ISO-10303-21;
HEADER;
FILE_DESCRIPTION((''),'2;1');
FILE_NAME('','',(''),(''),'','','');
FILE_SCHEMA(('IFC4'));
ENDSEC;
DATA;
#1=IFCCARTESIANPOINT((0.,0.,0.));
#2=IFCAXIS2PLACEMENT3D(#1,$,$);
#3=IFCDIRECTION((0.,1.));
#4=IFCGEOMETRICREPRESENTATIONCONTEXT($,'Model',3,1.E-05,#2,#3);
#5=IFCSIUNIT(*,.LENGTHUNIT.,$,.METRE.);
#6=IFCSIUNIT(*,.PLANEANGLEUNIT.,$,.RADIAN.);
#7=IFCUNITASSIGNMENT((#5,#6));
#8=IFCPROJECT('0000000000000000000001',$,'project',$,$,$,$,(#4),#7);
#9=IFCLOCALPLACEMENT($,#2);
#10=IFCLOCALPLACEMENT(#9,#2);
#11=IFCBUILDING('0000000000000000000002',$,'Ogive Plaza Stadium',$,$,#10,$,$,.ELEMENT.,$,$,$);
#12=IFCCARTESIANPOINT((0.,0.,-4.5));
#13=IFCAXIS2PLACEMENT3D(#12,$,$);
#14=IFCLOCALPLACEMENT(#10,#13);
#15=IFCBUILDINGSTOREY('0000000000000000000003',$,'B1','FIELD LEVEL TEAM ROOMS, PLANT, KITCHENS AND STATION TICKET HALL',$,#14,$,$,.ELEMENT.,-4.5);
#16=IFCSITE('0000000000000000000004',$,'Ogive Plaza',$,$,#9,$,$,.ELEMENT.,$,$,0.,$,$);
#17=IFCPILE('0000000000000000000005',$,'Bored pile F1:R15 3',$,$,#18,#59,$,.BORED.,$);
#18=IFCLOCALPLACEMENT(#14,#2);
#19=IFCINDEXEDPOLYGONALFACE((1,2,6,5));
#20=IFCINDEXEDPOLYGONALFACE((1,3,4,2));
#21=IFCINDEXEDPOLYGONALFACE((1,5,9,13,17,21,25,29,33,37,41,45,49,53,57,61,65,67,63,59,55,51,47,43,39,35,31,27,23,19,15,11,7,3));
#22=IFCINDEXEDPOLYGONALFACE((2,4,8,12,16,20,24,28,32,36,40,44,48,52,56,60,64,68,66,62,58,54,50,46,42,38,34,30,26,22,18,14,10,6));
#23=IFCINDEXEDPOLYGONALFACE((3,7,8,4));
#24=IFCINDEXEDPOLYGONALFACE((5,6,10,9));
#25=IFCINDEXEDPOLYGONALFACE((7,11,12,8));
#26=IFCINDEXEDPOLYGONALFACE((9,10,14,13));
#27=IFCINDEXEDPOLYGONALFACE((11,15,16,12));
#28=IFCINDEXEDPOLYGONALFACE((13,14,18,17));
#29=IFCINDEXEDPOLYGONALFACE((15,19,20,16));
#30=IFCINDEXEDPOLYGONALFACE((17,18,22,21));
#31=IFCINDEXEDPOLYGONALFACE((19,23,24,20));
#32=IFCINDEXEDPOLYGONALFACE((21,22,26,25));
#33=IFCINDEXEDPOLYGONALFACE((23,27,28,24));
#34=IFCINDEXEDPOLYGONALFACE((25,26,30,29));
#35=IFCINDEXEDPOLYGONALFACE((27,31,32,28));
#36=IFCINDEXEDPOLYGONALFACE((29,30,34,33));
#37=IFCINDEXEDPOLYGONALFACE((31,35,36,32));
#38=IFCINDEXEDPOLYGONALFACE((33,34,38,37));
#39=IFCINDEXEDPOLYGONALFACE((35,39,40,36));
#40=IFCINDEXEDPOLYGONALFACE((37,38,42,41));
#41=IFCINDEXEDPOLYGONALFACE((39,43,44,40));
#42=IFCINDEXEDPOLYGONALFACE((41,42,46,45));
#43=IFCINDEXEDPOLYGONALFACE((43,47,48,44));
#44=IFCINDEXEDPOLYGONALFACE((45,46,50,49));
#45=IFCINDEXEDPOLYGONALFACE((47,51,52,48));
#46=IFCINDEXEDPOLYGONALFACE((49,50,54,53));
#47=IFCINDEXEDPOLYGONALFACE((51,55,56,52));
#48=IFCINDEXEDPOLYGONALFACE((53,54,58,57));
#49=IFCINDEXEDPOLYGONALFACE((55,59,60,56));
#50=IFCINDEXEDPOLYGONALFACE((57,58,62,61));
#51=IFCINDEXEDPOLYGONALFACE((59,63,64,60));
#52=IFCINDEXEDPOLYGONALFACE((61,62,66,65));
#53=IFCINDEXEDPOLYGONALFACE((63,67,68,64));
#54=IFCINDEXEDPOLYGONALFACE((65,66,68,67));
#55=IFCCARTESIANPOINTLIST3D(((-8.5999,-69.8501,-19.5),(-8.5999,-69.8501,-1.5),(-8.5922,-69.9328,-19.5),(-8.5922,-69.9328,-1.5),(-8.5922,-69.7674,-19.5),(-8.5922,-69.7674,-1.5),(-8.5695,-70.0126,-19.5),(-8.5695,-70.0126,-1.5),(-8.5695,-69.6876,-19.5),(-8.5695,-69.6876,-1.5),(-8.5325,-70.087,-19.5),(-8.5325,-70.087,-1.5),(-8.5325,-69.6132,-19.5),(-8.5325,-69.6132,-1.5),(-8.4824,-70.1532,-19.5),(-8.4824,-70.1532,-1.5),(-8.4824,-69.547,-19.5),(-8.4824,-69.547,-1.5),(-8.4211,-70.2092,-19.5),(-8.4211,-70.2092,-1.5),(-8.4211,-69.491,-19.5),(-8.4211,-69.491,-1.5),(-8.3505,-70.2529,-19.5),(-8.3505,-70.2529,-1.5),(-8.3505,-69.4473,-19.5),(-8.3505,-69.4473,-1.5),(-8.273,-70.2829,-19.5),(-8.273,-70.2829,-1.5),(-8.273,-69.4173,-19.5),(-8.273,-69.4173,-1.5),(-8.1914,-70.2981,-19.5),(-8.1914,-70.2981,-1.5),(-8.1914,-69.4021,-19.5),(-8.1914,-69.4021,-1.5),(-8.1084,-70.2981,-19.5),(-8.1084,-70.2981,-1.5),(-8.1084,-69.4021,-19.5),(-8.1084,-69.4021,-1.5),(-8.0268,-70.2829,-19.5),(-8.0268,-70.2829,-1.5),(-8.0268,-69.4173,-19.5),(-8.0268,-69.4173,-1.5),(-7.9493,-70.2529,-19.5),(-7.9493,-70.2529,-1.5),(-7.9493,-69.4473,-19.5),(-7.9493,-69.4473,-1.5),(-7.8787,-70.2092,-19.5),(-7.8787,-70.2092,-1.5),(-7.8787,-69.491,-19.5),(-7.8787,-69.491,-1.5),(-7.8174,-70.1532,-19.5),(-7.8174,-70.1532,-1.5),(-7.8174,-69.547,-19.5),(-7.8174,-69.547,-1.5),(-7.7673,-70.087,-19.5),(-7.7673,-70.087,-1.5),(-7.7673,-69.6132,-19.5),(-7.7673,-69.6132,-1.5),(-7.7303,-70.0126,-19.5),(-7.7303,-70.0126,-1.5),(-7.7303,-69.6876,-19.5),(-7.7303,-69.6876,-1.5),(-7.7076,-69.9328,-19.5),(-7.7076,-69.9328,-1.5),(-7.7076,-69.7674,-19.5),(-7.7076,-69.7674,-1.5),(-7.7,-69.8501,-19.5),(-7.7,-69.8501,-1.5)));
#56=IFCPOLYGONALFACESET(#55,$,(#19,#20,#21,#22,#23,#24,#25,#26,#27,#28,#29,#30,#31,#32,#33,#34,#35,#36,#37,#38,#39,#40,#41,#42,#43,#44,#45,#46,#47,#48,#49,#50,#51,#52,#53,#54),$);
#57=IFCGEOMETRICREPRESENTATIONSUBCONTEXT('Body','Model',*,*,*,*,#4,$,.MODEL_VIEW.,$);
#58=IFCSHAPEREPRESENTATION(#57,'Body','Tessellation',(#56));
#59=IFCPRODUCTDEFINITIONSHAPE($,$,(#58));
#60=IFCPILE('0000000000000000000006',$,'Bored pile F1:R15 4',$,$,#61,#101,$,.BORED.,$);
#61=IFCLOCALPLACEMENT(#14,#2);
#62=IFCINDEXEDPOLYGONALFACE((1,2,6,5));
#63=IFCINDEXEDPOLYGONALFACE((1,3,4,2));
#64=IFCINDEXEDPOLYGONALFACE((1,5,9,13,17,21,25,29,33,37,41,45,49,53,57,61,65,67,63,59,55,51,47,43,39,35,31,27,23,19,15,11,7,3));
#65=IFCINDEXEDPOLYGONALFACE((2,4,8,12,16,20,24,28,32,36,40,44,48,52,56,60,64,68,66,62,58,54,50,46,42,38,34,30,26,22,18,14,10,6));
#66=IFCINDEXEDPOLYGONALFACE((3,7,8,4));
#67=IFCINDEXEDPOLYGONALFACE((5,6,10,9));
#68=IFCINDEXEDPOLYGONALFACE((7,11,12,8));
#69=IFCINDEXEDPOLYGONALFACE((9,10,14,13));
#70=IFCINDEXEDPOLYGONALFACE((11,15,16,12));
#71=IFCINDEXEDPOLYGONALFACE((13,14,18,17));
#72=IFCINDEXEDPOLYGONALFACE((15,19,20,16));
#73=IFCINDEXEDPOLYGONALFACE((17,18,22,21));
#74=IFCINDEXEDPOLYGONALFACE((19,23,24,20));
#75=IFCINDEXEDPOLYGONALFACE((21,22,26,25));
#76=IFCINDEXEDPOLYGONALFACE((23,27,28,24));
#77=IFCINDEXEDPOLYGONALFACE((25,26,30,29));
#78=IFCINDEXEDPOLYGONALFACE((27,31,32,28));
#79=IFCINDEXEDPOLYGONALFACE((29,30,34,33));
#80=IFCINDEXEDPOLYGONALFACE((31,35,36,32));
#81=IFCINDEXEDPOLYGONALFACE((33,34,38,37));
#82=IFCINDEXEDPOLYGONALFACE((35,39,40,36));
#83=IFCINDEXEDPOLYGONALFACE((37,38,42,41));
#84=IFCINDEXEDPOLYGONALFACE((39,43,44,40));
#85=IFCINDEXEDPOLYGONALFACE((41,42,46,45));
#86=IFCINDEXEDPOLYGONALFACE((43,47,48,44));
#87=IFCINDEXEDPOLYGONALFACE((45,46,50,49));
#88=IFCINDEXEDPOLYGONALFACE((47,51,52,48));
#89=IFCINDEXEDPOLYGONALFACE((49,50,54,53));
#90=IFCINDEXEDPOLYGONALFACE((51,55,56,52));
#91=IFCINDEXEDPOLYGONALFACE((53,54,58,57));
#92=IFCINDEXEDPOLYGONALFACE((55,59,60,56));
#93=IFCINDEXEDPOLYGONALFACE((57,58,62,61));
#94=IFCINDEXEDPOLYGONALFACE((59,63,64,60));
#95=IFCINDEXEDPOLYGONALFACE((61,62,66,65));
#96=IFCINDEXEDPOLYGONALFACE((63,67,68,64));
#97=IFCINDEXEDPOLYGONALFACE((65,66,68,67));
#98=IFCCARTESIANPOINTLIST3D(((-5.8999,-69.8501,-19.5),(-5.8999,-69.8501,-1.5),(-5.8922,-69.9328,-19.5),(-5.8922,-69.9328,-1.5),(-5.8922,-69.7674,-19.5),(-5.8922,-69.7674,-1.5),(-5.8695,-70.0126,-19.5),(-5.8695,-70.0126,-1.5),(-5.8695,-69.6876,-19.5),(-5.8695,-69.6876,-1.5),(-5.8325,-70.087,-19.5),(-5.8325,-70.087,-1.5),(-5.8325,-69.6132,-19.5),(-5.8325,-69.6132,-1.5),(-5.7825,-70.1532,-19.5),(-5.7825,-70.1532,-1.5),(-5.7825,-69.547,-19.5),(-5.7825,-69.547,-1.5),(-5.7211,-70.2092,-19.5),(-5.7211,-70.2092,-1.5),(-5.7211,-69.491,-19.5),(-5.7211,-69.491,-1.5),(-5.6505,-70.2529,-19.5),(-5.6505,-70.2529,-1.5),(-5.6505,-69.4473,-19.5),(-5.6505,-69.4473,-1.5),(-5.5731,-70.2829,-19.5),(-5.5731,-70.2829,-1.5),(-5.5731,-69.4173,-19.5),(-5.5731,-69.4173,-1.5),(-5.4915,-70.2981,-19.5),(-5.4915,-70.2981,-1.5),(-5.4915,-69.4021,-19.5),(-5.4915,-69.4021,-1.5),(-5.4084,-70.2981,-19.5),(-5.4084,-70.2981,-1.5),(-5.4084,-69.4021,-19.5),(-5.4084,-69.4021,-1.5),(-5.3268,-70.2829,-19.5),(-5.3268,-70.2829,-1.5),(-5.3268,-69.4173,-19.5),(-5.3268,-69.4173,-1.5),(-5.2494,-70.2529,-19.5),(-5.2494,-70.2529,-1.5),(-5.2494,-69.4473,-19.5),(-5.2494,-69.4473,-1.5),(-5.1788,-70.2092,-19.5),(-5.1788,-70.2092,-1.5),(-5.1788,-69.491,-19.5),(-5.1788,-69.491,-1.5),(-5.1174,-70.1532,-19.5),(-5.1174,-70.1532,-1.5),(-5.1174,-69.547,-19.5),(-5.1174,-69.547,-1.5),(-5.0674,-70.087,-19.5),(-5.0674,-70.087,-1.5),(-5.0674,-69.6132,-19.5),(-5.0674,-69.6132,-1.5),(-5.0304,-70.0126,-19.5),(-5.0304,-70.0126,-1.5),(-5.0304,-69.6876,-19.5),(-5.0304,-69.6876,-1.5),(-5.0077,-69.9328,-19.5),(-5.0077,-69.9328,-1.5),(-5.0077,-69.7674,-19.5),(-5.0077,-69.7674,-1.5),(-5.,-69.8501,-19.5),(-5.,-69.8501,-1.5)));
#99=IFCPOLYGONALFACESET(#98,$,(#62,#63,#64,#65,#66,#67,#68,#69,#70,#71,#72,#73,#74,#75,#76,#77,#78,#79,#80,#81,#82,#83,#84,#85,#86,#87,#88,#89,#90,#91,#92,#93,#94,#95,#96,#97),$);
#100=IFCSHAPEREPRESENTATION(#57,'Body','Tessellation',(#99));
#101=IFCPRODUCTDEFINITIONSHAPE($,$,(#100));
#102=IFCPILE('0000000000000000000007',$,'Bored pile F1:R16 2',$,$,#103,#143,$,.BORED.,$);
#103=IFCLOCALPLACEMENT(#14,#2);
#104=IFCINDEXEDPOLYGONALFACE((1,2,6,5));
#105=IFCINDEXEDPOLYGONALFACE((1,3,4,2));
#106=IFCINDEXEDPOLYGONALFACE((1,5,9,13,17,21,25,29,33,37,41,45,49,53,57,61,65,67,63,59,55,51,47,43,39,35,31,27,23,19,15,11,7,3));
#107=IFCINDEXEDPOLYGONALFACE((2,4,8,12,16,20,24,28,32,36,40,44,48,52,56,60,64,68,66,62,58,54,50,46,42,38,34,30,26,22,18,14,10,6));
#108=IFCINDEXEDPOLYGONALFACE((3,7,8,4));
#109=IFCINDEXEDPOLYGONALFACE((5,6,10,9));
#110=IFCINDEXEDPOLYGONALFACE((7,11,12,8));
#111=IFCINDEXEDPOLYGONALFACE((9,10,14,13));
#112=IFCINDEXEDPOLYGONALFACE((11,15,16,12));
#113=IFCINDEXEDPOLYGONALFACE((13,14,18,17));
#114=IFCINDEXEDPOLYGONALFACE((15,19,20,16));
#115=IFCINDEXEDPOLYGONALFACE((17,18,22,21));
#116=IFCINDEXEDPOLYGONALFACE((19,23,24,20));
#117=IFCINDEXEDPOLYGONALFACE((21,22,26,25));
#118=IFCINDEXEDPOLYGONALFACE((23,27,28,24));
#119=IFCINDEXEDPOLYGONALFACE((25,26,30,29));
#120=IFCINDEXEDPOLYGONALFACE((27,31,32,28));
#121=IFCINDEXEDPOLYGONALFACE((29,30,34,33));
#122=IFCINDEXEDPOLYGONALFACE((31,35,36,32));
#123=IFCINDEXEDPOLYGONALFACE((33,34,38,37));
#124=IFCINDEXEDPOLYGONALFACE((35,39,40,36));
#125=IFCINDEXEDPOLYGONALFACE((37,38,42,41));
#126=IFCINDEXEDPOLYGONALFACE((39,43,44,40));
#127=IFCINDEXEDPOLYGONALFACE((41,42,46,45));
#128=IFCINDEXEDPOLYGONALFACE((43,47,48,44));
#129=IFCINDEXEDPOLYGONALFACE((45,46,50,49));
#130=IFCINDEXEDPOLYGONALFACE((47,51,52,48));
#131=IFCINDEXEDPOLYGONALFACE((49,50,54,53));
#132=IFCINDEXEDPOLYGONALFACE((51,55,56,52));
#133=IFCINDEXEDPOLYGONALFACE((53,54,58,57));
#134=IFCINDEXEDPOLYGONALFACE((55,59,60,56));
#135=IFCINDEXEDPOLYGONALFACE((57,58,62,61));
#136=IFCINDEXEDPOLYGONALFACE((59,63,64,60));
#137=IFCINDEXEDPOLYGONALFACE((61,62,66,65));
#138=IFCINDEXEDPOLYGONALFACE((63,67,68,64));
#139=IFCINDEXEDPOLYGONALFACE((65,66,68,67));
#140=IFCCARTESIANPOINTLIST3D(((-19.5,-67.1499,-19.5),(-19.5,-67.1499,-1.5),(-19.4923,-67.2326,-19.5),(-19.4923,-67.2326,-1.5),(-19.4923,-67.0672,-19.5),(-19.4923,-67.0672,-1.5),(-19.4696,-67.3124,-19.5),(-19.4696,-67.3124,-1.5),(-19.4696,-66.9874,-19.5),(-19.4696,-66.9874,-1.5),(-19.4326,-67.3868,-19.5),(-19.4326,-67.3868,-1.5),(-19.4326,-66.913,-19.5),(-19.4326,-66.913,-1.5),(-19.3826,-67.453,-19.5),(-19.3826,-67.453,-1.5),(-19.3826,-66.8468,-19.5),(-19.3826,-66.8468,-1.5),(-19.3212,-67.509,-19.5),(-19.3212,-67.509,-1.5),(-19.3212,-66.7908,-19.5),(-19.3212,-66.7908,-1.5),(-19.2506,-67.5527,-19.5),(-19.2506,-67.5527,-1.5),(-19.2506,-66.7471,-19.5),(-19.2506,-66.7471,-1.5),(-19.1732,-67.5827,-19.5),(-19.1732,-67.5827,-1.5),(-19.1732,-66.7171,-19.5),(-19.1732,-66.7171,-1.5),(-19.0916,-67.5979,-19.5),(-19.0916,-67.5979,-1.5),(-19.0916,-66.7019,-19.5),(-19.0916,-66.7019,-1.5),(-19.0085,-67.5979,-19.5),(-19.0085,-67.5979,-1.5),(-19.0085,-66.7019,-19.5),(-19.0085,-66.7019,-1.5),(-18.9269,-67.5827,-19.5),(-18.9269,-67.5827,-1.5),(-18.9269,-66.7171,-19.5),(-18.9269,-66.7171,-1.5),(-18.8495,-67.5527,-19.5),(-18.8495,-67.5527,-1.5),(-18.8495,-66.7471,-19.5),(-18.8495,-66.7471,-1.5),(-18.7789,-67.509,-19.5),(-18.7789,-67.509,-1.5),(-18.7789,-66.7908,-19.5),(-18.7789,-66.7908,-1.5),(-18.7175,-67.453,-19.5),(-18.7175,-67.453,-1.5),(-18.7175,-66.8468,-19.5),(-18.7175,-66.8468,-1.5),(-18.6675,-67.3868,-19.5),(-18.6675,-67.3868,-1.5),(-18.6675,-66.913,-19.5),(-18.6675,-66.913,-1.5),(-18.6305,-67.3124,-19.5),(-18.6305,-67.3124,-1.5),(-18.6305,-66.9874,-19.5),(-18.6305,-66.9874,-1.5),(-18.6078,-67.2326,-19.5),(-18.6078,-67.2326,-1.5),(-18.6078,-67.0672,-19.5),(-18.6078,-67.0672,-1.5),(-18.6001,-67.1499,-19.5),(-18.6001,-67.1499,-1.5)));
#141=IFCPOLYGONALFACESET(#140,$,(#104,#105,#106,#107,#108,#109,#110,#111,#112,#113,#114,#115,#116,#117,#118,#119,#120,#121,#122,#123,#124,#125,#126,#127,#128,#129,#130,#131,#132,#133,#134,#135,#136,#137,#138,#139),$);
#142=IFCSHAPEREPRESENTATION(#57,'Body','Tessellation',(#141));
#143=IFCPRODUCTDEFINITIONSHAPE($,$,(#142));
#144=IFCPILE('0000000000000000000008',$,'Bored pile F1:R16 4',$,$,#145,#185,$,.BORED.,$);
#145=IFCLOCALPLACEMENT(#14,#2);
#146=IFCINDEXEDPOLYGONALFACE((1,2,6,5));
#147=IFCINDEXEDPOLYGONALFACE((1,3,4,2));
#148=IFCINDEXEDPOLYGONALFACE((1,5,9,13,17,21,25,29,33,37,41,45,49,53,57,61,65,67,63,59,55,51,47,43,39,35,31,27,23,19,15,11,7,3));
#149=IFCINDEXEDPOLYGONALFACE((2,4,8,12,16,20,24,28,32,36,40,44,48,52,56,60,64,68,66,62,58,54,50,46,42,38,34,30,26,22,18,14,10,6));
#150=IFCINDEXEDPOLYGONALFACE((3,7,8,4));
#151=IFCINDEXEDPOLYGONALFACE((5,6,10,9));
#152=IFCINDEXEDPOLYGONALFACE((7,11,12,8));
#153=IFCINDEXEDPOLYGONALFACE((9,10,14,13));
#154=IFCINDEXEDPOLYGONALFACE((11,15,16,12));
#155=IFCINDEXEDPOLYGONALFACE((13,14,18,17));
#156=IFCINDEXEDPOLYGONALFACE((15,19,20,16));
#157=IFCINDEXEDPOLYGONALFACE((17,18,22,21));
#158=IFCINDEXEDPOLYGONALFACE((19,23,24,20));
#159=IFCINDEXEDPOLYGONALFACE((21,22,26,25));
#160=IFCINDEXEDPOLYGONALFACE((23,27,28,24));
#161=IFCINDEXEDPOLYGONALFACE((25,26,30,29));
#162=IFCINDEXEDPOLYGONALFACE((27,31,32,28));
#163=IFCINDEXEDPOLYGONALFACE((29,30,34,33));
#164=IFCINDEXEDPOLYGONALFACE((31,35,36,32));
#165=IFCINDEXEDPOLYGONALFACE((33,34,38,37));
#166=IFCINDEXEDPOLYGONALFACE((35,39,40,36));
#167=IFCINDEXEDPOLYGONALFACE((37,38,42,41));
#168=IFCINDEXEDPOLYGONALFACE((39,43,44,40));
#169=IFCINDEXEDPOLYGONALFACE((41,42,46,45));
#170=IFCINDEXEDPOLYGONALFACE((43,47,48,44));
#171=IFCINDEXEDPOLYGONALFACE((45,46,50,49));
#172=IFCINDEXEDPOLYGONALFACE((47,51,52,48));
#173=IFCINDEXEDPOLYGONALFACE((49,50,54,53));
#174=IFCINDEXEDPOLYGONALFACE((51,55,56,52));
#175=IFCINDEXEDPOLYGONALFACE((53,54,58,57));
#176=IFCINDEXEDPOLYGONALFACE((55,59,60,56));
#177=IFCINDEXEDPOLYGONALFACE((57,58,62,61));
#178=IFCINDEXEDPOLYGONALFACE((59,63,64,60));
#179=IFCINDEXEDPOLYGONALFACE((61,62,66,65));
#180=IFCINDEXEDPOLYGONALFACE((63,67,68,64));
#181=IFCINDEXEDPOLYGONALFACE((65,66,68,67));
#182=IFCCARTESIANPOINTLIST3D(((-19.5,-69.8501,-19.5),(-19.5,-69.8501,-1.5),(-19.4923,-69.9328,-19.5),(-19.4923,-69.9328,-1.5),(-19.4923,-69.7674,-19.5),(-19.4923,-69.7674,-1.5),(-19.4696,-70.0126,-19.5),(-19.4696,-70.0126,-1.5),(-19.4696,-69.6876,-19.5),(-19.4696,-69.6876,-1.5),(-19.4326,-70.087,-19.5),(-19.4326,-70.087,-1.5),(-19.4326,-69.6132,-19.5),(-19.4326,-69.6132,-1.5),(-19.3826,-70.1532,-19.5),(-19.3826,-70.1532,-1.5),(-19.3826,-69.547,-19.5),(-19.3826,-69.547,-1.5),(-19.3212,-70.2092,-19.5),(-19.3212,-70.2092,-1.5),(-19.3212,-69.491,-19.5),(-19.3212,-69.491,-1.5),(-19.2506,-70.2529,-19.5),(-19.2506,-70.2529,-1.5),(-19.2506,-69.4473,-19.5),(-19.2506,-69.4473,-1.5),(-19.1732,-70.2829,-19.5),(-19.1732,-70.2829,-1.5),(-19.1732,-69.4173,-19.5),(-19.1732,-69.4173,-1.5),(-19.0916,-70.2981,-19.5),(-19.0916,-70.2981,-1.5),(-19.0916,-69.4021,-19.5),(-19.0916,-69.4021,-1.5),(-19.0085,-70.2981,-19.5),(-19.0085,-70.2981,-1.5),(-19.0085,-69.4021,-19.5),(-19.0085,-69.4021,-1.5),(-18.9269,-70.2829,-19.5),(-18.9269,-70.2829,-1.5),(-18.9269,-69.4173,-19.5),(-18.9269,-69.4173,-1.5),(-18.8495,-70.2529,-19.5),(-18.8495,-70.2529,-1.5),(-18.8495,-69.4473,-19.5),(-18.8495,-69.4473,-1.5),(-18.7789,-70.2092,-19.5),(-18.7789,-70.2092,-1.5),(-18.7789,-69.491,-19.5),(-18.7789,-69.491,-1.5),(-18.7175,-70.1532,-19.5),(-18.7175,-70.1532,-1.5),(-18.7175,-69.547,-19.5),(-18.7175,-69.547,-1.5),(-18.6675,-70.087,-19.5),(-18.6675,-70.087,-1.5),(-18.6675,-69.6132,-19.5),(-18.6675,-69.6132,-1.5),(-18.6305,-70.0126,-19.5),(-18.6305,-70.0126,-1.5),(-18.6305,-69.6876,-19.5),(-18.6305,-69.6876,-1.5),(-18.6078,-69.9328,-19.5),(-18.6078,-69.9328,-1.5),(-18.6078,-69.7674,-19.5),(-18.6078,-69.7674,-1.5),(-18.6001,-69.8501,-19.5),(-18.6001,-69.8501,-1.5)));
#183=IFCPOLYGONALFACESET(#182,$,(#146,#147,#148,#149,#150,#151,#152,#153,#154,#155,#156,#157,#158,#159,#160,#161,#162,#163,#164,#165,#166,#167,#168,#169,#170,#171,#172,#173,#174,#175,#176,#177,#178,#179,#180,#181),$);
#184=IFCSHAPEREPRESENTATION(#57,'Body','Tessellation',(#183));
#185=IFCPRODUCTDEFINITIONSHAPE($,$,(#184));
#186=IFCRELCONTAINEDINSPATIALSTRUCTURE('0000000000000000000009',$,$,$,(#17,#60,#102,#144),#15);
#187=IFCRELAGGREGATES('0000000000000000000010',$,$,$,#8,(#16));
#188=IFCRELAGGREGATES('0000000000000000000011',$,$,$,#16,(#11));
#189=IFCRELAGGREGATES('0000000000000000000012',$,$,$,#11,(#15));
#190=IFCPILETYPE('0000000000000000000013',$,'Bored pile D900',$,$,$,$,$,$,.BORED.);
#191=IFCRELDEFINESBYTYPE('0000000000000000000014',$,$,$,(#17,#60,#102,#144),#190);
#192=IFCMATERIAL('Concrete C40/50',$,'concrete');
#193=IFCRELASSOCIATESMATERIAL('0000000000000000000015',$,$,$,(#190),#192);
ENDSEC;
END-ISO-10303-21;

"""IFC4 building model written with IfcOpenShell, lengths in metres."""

from ifc_helpers import new_model, si_unit, direction, frame, origin, origin_2d, place, context, subcontext, project, spatial, circle, extrude, material, material_profile, profile_set, type_object, element, save


model = new_model("IFC4")

# Units and contexts
model_context = context("Model", 3, precision=1e-05, world=origin(), true_north=direction((0.0, 1.0)))
body_context = subcontext(model_context, "Body", "Model", "MODEL_VIEW")
ifc_project = project(units=[si_unit("LENGTHUNIT", "METRE"), si_unit("PLANEANGLEUNIT", "RADIAN")], contexts=[model_context])

# Site, building, storey
site_placement = place(None, origin())
site = spatial("IfcSite", under=ifc_project, at=site_placement, Name="Ogive Plaza", CompositionType="ELEMENT", RefElevation=0.0)
building_placement = place(site_placement, origin())
building = spatial("IfcBuilding", under=site, at=building_placement, Name="Ogive Plaza Stadium", CompositionType="ELEMENT")
storey_placement = place(building_placement, frame((0.0, 0.0, -4.5)))
storey = spatial("IfcBuildingStorey", under=building, at=storey_placement, Name="B1", Description="FIELD LEVEL TEAM ROOMS, PLANT, KITCHENS AND STATION TICKET HALL", CompositionType="ELEMENT", Elevation=-4.5)

# Piles
ifc_material_1 = material(Name="Concrete C40/50", Category="concrete")
ifc_material_profile_1 = material_profile(ifc_material_1, circle(Radius=0.45, at=origin_2d()), Name="RC D900")
ifc_profile_set_1 = profile_set([ifc_material_profile_1], Name="Concrete C40/50")
pile_type_1 = type_object("IfcPileType", Name="Bored pile D900", PredefinedType="BORED", material=ifc_profile_set_1)
for number, where, z_axis, x_axis, name in (
    (1, (-8.1499, -69.8501, -1.5), (0.0, 0.0, -1.0), (1.0, 0.0, 0.0), "Bored pile F1:R15 3"),
    (2, (-5.45, -69.8501, -1.5), (0.0, 0.0, -1.0), (1.0, 0.0, 0.0), "Bored pile F1:R15 4"),
    (3, (-19.05, -67.1499, -1.5), (0.0, 0.0, -1.0), (1.0, 0.0, 0.0), "Bored pile F1:R16 2"),
    (4, (-19.05, -69.8501, -1.5), (0.0, 0.0, -1.0), (1.0, 0.0, 0.0), "Bored pile F1:R16 4"),
):
    element("IfcPile", number, at=place(storey_placement, frame(where, z_axis=z_axis, x_axis=x_axis)), inside=storey, type_object=pile_type_1, Name=name, PredefinedType="BORED", context=body_context, shape_type="SweptSolid", body=[
        extrude(circle(Radius=0.45, at=origin_2d()), origin(), (0.0, 0.0, 1.0), 18.0),
    ])

save(model, "model.ifc")
